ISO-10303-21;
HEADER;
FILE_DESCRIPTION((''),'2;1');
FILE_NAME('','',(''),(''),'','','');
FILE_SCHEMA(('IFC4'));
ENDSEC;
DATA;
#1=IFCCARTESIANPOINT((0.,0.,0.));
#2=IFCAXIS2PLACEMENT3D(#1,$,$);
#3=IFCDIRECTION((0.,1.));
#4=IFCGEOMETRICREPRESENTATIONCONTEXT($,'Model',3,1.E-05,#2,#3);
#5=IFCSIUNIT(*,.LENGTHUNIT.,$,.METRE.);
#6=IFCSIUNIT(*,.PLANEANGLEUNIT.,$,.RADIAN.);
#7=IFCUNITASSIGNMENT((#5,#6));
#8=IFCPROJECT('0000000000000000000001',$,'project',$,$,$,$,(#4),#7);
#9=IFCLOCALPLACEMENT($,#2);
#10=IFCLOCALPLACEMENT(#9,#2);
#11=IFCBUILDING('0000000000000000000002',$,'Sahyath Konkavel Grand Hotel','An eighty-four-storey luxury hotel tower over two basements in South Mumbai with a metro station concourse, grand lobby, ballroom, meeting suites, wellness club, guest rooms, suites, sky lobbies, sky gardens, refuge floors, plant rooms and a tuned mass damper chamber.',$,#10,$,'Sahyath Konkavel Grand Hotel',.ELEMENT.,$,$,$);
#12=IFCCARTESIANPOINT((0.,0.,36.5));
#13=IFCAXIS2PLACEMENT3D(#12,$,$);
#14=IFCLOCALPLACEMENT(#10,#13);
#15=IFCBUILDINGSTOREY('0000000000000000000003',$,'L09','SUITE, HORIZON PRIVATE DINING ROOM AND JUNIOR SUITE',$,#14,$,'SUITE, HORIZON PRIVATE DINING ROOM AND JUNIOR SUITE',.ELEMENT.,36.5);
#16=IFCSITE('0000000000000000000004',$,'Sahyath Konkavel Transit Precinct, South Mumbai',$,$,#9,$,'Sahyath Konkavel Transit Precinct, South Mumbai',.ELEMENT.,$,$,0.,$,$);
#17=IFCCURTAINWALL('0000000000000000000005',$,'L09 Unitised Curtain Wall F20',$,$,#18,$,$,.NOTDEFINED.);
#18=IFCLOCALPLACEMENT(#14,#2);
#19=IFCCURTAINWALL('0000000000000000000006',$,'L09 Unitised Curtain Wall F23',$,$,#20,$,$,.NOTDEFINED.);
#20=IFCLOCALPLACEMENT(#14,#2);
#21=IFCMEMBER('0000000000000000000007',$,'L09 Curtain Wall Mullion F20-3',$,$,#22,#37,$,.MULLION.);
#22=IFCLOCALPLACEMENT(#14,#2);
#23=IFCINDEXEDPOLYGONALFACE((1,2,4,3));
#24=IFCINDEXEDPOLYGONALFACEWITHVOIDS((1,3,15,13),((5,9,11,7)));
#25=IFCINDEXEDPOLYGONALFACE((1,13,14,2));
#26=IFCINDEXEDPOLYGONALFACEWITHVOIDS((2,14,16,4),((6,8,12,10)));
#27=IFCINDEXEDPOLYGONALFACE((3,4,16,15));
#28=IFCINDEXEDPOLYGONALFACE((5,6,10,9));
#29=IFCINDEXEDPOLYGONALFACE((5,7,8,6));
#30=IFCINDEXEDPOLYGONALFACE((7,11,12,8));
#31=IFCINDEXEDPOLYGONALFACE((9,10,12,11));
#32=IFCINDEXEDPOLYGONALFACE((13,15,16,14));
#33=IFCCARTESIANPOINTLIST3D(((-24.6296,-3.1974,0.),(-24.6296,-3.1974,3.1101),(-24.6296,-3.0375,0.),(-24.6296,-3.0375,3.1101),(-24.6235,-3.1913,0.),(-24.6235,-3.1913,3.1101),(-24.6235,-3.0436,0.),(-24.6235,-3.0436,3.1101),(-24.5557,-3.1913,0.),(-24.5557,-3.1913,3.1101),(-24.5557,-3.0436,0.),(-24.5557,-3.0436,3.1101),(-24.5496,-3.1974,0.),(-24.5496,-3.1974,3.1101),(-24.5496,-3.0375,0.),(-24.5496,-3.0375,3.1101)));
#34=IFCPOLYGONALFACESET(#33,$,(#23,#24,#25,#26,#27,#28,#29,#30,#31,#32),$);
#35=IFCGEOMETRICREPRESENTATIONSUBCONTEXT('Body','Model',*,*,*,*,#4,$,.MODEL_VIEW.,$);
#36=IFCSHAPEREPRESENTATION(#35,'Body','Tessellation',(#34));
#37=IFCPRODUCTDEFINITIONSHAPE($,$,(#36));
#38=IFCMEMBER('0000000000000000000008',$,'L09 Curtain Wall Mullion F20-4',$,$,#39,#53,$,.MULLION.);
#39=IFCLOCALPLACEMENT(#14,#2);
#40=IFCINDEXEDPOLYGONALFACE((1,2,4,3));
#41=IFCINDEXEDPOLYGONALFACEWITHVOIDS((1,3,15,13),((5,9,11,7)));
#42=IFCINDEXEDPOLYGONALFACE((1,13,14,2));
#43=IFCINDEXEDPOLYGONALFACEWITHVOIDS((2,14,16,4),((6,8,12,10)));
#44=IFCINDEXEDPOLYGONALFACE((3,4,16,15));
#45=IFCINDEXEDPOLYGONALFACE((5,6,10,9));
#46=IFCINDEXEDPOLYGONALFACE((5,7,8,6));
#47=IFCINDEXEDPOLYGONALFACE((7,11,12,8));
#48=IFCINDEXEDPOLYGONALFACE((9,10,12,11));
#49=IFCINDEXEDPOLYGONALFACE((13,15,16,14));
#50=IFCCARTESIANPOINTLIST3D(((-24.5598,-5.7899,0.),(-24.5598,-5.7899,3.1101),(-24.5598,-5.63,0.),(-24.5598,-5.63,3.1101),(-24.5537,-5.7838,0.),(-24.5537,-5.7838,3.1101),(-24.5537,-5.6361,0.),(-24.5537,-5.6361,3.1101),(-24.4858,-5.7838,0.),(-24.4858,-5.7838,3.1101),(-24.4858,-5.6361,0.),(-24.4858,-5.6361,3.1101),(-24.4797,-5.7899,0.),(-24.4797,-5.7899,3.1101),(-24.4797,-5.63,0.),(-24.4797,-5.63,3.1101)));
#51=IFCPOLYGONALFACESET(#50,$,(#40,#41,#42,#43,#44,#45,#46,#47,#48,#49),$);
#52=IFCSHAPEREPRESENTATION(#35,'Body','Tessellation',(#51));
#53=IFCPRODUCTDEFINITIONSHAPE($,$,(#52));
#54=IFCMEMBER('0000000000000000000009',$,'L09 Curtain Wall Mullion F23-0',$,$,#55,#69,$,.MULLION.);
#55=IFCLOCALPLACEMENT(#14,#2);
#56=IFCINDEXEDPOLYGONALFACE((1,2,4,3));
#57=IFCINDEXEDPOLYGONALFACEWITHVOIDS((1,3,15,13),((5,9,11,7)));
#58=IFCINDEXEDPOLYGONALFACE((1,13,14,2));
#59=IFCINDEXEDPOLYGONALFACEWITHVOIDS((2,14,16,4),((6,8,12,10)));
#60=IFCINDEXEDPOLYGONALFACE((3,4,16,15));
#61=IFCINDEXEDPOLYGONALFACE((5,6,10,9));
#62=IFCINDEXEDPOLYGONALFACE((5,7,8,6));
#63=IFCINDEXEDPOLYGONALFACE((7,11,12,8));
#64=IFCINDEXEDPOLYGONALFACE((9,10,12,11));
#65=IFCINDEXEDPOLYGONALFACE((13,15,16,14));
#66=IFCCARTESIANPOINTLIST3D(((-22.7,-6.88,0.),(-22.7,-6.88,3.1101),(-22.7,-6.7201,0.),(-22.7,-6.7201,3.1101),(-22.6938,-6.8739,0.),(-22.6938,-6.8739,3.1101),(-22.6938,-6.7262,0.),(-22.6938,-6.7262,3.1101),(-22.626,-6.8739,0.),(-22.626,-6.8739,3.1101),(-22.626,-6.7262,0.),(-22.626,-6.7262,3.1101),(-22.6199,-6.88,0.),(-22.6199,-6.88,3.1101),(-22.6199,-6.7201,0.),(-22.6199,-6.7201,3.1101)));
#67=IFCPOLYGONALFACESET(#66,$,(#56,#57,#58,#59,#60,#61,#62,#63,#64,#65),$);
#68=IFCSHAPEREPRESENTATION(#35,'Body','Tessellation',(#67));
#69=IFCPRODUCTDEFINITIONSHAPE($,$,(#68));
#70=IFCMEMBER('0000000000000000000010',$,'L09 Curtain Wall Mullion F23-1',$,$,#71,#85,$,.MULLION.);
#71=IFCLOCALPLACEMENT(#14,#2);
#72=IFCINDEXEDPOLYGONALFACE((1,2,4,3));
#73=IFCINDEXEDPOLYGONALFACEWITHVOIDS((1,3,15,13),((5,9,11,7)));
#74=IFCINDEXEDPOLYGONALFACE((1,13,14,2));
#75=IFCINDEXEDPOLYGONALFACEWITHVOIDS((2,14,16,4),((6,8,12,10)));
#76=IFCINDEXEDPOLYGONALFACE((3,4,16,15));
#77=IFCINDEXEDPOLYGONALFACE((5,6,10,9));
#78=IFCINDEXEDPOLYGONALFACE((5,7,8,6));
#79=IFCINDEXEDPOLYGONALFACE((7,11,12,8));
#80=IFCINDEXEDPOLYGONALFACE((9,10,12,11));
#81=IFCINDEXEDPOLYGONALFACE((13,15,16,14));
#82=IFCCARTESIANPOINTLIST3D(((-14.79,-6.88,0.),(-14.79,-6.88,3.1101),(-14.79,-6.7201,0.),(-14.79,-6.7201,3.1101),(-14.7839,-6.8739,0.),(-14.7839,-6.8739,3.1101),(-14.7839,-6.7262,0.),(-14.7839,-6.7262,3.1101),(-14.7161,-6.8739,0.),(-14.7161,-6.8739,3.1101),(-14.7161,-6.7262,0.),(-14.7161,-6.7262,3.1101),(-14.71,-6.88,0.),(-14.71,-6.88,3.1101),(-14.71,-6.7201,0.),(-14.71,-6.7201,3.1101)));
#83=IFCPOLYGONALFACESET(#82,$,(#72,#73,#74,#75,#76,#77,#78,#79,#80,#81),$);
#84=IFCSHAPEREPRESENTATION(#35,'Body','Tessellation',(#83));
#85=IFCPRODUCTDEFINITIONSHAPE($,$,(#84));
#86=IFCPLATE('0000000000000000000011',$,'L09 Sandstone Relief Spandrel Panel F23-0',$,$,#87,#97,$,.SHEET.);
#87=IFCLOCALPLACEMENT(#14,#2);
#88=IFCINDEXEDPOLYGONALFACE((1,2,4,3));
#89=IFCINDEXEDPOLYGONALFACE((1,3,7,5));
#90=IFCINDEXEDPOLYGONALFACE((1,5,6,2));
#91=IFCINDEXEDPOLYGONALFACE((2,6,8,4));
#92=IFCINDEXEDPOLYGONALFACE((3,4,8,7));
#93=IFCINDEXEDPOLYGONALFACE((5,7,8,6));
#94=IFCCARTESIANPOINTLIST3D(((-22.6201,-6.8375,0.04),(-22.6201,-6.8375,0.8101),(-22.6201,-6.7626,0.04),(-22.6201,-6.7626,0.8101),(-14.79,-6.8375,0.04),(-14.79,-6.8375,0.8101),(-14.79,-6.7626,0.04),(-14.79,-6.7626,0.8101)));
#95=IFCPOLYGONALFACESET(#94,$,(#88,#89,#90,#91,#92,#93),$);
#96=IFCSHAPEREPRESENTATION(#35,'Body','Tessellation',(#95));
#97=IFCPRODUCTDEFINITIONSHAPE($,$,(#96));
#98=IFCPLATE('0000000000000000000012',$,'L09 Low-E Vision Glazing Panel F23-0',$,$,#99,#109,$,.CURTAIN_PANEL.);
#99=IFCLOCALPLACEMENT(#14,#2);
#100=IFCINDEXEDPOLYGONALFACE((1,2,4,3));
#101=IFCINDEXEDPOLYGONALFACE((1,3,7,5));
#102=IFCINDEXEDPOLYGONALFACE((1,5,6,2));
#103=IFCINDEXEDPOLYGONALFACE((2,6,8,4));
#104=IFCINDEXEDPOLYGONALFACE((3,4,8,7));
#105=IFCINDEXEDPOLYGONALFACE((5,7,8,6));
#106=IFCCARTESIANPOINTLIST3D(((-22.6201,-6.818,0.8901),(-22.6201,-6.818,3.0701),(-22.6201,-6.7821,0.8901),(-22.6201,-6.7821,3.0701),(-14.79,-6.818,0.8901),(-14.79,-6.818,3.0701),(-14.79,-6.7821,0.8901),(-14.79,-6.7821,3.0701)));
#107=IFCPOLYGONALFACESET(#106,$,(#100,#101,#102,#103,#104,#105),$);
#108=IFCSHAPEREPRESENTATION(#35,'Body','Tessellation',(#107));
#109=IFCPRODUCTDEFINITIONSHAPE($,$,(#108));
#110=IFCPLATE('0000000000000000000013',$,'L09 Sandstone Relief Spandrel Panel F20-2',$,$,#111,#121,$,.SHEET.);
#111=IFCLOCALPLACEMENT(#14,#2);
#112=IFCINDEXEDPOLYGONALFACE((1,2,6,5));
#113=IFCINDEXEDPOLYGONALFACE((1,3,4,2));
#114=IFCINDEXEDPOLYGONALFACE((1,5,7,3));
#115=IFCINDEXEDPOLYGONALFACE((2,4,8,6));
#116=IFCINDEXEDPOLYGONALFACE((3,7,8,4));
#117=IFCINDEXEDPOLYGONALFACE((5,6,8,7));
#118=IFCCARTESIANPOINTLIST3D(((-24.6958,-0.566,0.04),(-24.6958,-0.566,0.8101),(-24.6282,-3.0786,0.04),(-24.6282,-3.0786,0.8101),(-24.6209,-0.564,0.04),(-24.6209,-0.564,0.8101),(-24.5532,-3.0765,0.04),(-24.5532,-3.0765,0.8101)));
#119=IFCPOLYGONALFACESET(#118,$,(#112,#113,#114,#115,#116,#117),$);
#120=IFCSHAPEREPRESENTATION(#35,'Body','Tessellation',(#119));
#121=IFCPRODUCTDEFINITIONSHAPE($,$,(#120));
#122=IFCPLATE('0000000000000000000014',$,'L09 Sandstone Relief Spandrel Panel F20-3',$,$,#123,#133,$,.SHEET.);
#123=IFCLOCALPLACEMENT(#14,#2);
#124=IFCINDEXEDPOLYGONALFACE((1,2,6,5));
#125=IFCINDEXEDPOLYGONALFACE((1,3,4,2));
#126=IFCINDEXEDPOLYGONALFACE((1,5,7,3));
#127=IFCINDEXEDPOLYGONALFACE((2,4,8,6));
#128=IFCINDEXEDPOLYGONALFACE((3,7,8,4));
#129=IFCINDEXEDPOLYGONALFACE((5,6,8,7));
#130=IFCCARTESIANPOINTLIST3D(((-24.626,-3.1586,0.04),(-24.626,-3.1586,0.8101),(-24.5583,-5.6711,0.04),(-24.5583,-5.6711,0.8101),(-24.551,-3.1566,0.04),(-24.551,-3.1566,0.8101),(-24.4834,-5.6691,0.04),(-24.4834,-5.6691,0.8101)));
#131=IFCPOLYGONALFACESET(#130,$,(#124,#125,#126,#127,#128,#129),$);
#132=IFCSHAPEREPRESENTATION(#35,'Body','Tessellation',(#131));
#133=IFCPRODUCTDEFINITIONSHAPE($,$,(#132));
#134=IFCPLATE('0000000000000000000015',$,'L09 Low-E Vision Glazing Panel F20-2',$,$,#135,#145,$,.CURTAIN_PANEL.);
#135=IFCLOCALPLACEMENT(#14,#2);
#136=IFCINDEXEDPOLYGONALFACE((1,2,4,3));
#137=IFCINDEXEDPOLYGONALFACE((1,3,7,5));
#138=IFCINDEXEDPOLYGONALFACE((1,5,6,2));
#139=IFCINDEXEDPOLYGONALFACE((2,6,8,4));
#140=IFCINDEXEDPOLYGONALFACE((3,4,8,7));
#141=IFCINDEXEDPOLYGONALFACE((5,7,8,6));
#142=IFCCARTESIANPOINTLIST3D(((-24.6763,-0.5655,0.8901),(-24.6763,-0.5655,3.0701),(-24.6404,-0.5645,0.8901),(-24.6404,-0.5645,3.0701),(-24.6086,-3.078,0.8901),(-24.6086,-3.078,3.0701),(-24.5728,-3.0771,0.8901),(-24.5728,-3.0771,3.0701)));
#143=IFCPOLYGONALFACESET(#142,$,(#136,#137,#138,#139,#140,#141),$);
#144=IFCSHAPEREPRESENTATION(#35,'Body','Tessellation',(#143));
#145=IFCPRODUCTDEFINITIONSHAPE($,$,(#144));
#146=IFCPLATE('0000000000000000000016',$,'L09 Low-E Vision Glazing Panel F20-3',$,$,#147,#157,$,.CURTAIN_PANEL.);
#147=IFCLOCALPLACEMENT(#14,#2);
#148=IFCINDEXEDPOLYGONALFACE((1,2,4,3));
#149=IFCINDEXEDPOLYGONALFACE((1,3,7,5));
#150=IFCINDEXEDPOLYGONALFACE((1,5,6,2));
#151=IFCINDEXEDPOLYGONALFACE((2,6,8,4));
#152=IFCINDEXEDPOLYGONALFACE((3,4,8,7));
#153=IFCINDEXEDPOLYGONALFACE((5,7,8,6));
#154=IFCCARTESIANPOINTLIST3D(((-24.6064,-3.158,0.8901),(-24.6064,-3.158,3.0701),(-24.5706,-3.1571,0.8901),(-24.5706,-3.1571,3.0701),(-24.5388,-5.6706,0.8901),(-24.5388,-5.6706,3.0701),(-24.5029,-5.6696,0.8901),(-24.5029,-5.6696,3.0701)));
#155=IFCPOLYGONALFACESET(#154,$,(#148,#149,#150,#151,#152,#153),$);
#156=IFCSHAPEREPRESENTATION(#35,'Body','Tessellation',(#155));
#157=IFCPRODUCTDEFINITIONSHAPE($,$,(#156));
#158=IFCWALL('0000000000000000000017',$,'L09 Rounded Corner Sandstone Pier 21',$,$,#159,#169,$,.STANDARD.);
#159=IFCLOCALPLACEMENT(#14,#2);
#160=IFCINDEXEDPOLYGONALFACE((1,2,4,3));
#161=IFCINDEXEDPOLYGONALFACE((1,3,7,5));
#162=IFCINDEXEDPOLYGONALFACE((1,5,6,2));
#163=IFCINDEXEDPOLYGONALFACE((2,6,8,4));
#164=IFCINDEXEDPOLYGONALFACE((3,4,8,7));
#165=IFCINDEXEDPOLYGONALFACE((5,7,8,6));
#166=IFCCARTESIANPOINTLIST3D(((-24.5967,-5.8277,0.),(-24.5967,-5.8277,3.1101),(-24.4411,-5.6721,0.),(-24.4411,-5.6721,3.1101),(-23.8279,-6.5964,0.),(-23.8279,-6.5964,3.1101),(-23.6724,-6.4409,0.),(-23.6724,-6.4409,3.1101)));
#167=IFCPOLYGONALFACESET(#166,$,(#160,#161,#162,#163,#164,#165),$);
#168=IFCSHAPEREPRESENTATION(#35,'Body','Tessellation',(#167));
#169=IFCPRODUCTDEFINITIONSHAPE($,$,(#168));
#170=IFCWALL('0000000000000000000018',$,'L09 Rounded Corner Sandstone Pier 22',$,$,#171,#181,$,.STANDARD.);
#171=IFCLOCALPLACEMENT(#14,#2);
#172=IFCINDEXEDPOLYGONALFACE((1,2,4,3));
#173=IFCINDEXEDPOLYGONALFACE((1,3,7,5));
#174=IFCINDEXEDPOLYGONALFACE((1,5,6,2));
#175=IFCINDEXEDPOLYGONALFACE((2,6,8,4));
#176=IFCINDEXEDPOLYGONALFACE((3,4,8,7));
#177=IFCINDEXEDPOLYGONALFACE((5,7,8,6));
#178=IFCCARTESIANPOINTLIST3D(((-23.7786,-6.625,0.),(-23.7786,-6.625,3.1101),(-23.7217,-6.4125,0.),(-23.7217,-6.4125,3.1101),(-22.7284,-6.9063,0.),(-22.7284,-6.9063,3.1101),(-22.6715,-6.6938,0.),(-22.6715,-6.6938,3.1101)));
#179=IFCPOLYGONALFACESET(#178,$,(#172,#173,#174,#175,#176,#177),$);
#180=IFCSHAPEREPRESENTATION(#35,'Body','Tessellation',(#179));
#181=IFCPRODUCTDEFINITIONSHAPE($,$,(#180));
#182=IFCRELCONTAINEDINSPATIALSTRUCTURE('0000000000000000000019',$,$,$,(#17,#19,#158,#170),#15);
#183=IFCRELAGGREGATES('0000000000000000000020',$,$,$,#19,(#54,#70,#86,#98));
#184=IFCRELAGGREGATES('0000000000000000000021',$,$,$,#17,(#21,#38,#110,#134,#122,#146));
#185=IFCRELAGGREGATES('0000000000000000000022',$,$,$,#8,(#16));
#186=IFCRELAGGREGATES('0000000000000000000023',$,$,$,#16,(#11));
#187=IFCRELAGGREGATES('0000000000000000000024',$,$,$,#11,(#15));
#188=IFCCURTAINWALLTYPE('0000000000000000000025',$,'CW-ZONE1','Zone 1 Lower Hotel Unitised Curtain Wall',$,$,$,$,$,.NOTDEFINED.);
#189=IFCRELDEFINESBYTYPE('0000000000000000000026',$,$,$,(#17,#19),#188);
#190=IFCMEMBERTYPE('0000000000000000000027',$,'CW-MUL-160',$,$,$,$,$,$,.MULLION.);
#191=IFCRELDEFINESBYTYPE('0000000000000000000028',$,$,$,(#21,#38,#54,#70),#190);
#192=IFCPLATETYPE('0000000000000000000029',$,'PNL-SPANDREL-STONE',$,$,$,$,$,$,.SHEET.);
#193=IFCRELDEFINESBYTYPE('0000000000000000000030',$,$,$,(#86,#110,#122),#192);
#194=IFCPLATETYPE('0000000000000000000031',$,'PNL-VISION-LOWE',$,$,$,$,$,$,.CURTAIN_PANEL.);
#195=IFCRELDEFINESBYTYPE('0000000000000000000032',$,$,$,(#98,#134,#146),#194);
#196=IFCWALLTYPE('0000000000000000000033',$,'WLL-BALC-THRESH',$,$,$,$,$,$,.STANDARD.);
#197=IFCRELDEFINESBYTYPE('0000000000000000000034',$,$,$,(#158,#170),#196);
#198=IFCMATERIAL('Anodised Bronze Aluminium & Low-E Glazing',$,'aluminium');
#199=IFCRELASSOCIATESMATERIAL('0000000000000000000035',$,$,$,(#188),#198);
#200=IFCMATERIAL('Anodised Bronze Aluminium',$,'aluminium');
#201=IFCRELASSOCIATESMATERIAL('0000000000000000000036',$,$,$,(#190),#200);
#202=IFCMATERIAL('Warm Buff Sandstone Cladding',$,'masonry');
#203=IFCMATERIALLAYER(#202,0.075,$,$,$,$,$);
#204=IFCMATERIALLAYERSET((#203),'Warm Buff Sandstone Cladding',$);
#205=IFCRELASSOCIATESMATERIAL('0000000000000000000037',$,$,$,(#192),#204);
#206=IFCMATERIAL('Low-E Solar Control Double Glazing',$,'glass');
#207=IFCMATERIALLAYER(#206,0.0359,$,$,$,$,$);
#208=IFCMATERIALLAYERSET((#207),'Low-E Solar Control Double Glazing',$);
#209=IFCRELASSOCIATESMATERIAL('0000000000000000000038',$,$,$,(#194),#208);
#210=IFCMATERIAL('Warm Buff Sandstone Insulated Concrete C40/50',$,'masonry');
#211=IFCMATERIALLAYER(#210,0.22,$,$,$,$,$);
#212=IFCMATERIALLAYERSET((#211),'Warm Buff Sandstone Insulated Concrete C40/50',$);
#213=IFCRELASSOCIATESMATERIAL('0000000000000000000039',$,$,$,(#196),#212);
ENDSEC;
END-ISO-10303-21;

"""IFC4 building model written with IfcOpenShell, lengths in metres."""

from ifc_helpers import new_model, si_unit, direction, frame, frame_2d, origin, origin_2d, place, context, subcontext, project, spatial, rectangle, hollow_rectangle, extrude, source, transform, mapped, material, layer, layer_set, material_profile, profile_set, type_object, element, aggregate, save


model = new_model("IFC4")

# Units and contexts
model_context = context("Model", 3, precision=1e-05, world=origin(), true_north=direction((0.0, 1.0)))
body_context = subcontext(model_context, "Body", "Model", "MODEL_VIEW")
ifc_project = project(units=[si_unit("LENGTHUNIT", "METRE"), si_unit("PLANEANGLEUNIT", "RADIAN")], contexts=[model_context])

# Site, building, storey
site_placement = place(None, origin())
site = spatial("IfcSite", under=ifc_project, at=site_placement, Name="Sahyath Konkavel Transit Precinct, South Mumbai", LongName="Sahyath Konkavel Transit Precinct, South Mumbai", CompositionType="ELEMENT", RefElevation=0.0)
building_placement = place(site_placement, origin())
building = spatial("IfcBuilding", under=site, at=building_placement, Name="Sahyath Konkavel Grand Hotel", Description="An eighty-four-storey luxury hotel tower over two basements in South Mumbai with a metro station concourse, grand lobby, ballroom, meeting suites, wellness club, guest rooms, suites, sky lobbies, sky gardens, refuge floors, plant rooms and a tuned mass damper chamber.", LongName="Sahyath Konkavel Grand Hotel", CompositionType="ELEMENT")
storey_placement = place(building_placement, frame((0.0, 0.0, 36.5)))
storey = spatial("IfcBuildingStorey", under=building, at=storey_placement, Name="L09", Description="SUITE, HORIZON PRIVATE DINING ROOM AND JUNIOR SUITE", LongName="SUITE, HORIZON PRIVATE DINING ROOM AND JUNIOR SUITE", CompositionType="ELEMENT", Elevation=36.5)

# Curtain wall
ifc_material_1 = material(Name="Anodised Bronze Aluminium & Low-E Glazing", Category="aluminium")
curtain_wall_type = type_object("IfcCurtainWallType", Name="CW-ZONE1", Description="Zone 1 Lower Hotel Unitised Curtain Wall", PredefinedType="NOTDEFINED", material=ifc_material_1)
curtain_wall_1_placement = place(storey_placement, origin())
curtain_wall_1 = element("IfcCurtainWall", 1, at=curtain_wall_1_placement, inside=storey, type_object=curtain_wall_type, Name="L09 Unitised Curtain Wall F20", PredefinedType="NOTDEFINED")

# Curtain wall
curtain_wall_2_placement = place(storey_placement, origin())
curtain_wall_2 = element("IfcCurtainWall", 2, at=curtain_wall_2_placement, inside=storey, type_object=curtain_wall_type, Name="L09 Unitised Curtain Wall F23", PredefinedType="NOTDEFINED")
ifc_material_2 = material(Name="Anodised Bronze Aluminium", Category="aluminium")

# Members
ifc_material_profile_1 = material_profile(ifc_material_2, hollow_rectangle(XDim=0.0801, YDim=0.1599, WallThickness=0.0061, at=origin_2d()), Name="RHS 160x80x6")
ifc_profile_set_1 = profile_set([ifc_material_profile_1], Name="Anodised Bronze Aluminium")
member_type_1 = type_object("IfcMemberType", Name="CW-MUL-160", PredefinedType="MULLION", material=ifc_profile_set_1)
shared_shape_1 = source(origin(), body_context, "Body", "SweptSolid", [
    extrude(hollow_rectangle(XDim=0.0801, YDim=0.1599, WallThickness=0.0061, at=origin_2d()), origin(), (0.0, 0.0, 1.0), 3.1101),
])
member_1_placement = place(storey_placement, frame((-24.5896, -3.1174, 0.0), z_axis=(0.0, 0.0, 1.0), x_axis=(1.0, 0.0, 0.0)))
member_1 = element("IfcMember", 3, at=member_1_placement, type_object=member_type_1, Name="L09 Curtain Wall Mullion F20-3", PredefinedType="MULLION", context=body_context, shape_type="MappedRepresentation", body=[
    mapped(shared_shape_1, transform((0.0, 0.0, 0.0), scale=1.0)),
])
member_2_placement = place(storey_placement, frame((-24.5198, -5.71, 0.0), z_axis=(0.0, 0.0, 1.0), x_axis=(1.0, 0.0, 0.0)))
member_2 = element("IfcMember", 4, at=member_2_placement, type_object=member_type_1, Name="L09 Curtain Wall Mullion F20-4", PredefinedType="MULLION", context=body_context, shape_type="MappedRepresentation", body=[
    mapped(shared_shape_1, transform((0.0, 0.0, 0.0), scale=1.0)),
])
member_3_placement = place(storey_placement, frame((-22.6599, -6.8, 0.0), z_axis=(0.0, 0.0, 1.0), x_axis=(1.0, 0.0, 0.0)))
member_3 = element("IfcMember", 5, at=member_3_placement, type_object=member_type_1, Name="L09 Curtain Wall Mullion F23-0", PredefinedType="MULLION", context=body_context, shape_type="MappedRepresentation", body=[
    mapped(shared_shape_1, transform((0.0, 0.0, 0.0), scale=1.0)),
])
member_4_placement = place(storey_placement, frame((-14.75, -6.8, 0.0), z_axis=(0.0, 0.0, 1.0), x_axis=(1.0, 0.0, 0.0)))
member_4 = element("IfcMember", 6, at=member_4_placement, type_object=member_type_1, Name="L09 Curtain Wall Mullion F23-1", PredefinedType="MULLION", context=body_context, shape_type="MappedRepresentation", body=[
    mapped(shared_shape_1, transform((0.0, 0.0, 0.0), scale=1.0)),
])

# Plates
ifc_material_3 = material(Name="Warm Buff Sandstone Cladding", Category="masonry")
ifc_layer_1 = layer(ifc_material_3, 0.075)
ifc_layer_set_1 = layer_set([ifc_layer_1], Name="Warm Buff Sandstone Cladding")
plate_type_1 = type_object("IfcPlateType", Name="PNL-SPANDREL-STONE", PredefinedType="SHEET", material=ifc_layer_set_1)
shared_shape_2 = source(origin(), body_context, "Body", "SweptSolid", [
    extrude(rectangle(XDim=7.8301, YDim=0.075, at=origin_2d()), origin(), (0.0, 0.0, 1.0), 0.77),
])
plate_1_placement = place(storey_placement, frame((-18.7051, -6.8, 0.04), z_axis=(0.0, 0.0, 1.0), x_axis=(1.0, 0.0, 0.0)))
plate_1 = element("IfcPlate", 7, at=plate_1_placement, type_object=plate_type_1, Name="L09 Sandstone Relief Spandrel Panel F23-0", PredefinedType="SHEET", context=body_context, shape_type="MappedRepresentation", body=[
    mapped(shared_shape_2, transform((0.0, 0.0, 0.0), scale=1.0)),
])
ifc_material_4 = material(Name="Low-E Solar Control Double Glazing", Category="glass")
ifc_layer_2 = layer(ifc_material_4, 0.0359)
ifc_layer_set_2 = layer_set([ifc_layer_2], Name="Low-E Solar Control Double Glazing")
plate_type_2 = type_object("IfcPlateType", Name="PNL-VISION-LOWE", PredefinedType="CURTAIN_PANEL", material=ifc_layer_set_2)
shared_shape_3 = source(origin(), body_context, "Body", "SweptSolid", [
    extrude(rectangle(XDim=7.8301, YDim=0.0359, at=origin_2d()), origin(), (0.0, 0.0, 1.0), 2.1799),
])
plate_2_placement = place(storey_placement, frame((-18.7051, -6.8, 0.8901), z_axis=(0.0, 0.0, 1.0), x_axis=(1.0, 0.0, 0.0)))
plate_2 = element("IfcPlate", 8, at=plate_2_placement, type_object=plate_type_2, Name="L09 Low-E Vision Glazing Panel F23-0", PredefinedType="CURTAIN_PANEL", context=body_context, shape_type="MappedRepresentation", body=[
    mapped(shared_shape_3, transform((0.0, 0.0, 0.0), scale=1.0)),
])
aggregate(curtain_wall_2, [member_3, member_4, plate_1, plate_2])
shared_shape_4 = source(origin(), body_context, "Body", "SweptSolid", [
    extrude(rectangle(XDim=2.5134, YDim=0.075, at=origin_2d()), origin(), (0.0, 0.0, 1.0), 0.77),
])
plate_3_placement = place(storey_placement, frame((-24.6245, -1.8213, 0.04), z_axis=(0.0, 0.0, 1.0), x_axis=(0.02691, -0.999638, 0.0)))
plate_3 = element("IfcPlate", 9, at=plate_3_placement, type_object=plate_type_1, Name="L09 Sandstone Relief Spandrel Panel F20-2", PredefinedType="SHEET", context=body_context, shape_type="MappedRepresentation", body=[
    mapped(shared_shape_4, transform((0.0, 0.0, 0.0), scale=1.0)),
])
plate_4_placement = place(storey_placement, frame((-24.5547, -4.4138, 0.04), z_axis=(0.0, 0.0, 1.0), x_axis=(0.02691, -0.999638, 0.0)))
plate_4 = element("IfcPlate", 10, at=plate_4_placement, type_object=plate_type_1, Name="L09 Sandstone Relief Spandrel Panel F20-3", PredefinedType="SHEET", context=body_context, shape_type="MappedRepresentation", body=[
    mapped(shared_shape_4, transform((0.0, 0.0, 0.0), scale=1.0)),
])
shared_shape_5 = source(origin(), body_context, "Body", "SweptSolid", [
    extrude(rectangle(XDim=2.5134, YDim=0.0359, at=origin_2d()), origin(), (0.0, 0.0, 1.0), 2.1799),
])
plate_5_placement = place(storey_placement, frame((-24.6245, -1.8213, 0.8901), z_axis=(0.0, 0.0, 1.0), x_axis=(0.02691, -0.999638, 0.0)))
plate_5 = element("IfcPlate", 11, at=plate_5_placement, type_object=plate_type_2, Name="L09 Low-E Vision Glazing Panel F20-2", PredefinedType="CURTAIN_PANEL", context=body_context, shape_type="MappedRepresentation", body=[
    mapped(shared_shape_5, transform((0.0, 0.0, 0.0), scale=1.0)),
])
plate_6_placement = place(storey_placement, frame((-24.5547, -4.4138, 0.8901), z_axis=(0.0, 0.0, 1.0), x_axis=(0.02691, -0.999638, 0.0)))
plate_6 = element("IfcPlate", 12, at=plate_6_placement, type_object=plate_type_2, Name="L09 Low-E Vision Glazing Panel F20-3", PredefinedType="CURTAIN_PANEL", context=body_context, shape_type="MappedRepresentation", body=[
    mapped(shared_shape_5, transform((0.0, 0.0, 0.0), scale=1.0)),
])
aggregate(curtain_wall_1, [member_1, member_2, plate_3, plate_5, plate_4, plate_6])

# Walls
ifc_material_5 = material(Name="Warm Buff Sandstone Insulated Concrete C40/50", Category="masonry")
ifc_layer_3 = layer(ifc_material_5, 0.22)
ifc_layer_set_3 = layer_set([ifc_layer_3], Name="Warm Buff Sandstone Insulated Concrete C40/50")
wall_type_1 = type_object("IfcWallType", Name="WLL-BALC-THRESH", PredefinedType="STANDARD", material=ifc_layer_set_3)
for number, where, z_axis, x_axis, name in (
    (13, (-24.5188, -5.75, 0.0), (0.0, 0.0, 1.0), (0.707107, -0.707107, 0.0), "L09 Rounded Corner Sandstone Pier 21"),
    (14, (-23.75, -6.5188, 0.0), (0.0, 0.0, 1.0), (0.965951, -0.258725, 0.0), "L09 Rounded Corner Sandstone Pier 22"),
):
    element("IfcWall", number, at=place(storey_placement, frame(where, z_axis=z_axis, x_axis=x_axis)), inside=storey, type_object=wall_type_1, Name=name, PredefinedType="STANDARD", context=body_context, shape_type="SweptSolid", body=[
        extrude(rectangle(XDim=1.0872, YDim=0.22, at=frame_2d((0.5435, 0.0))), origin(), (0.0, 0.0, 1.0), 3.1101),
    ])

save(model, "model.ifc")
